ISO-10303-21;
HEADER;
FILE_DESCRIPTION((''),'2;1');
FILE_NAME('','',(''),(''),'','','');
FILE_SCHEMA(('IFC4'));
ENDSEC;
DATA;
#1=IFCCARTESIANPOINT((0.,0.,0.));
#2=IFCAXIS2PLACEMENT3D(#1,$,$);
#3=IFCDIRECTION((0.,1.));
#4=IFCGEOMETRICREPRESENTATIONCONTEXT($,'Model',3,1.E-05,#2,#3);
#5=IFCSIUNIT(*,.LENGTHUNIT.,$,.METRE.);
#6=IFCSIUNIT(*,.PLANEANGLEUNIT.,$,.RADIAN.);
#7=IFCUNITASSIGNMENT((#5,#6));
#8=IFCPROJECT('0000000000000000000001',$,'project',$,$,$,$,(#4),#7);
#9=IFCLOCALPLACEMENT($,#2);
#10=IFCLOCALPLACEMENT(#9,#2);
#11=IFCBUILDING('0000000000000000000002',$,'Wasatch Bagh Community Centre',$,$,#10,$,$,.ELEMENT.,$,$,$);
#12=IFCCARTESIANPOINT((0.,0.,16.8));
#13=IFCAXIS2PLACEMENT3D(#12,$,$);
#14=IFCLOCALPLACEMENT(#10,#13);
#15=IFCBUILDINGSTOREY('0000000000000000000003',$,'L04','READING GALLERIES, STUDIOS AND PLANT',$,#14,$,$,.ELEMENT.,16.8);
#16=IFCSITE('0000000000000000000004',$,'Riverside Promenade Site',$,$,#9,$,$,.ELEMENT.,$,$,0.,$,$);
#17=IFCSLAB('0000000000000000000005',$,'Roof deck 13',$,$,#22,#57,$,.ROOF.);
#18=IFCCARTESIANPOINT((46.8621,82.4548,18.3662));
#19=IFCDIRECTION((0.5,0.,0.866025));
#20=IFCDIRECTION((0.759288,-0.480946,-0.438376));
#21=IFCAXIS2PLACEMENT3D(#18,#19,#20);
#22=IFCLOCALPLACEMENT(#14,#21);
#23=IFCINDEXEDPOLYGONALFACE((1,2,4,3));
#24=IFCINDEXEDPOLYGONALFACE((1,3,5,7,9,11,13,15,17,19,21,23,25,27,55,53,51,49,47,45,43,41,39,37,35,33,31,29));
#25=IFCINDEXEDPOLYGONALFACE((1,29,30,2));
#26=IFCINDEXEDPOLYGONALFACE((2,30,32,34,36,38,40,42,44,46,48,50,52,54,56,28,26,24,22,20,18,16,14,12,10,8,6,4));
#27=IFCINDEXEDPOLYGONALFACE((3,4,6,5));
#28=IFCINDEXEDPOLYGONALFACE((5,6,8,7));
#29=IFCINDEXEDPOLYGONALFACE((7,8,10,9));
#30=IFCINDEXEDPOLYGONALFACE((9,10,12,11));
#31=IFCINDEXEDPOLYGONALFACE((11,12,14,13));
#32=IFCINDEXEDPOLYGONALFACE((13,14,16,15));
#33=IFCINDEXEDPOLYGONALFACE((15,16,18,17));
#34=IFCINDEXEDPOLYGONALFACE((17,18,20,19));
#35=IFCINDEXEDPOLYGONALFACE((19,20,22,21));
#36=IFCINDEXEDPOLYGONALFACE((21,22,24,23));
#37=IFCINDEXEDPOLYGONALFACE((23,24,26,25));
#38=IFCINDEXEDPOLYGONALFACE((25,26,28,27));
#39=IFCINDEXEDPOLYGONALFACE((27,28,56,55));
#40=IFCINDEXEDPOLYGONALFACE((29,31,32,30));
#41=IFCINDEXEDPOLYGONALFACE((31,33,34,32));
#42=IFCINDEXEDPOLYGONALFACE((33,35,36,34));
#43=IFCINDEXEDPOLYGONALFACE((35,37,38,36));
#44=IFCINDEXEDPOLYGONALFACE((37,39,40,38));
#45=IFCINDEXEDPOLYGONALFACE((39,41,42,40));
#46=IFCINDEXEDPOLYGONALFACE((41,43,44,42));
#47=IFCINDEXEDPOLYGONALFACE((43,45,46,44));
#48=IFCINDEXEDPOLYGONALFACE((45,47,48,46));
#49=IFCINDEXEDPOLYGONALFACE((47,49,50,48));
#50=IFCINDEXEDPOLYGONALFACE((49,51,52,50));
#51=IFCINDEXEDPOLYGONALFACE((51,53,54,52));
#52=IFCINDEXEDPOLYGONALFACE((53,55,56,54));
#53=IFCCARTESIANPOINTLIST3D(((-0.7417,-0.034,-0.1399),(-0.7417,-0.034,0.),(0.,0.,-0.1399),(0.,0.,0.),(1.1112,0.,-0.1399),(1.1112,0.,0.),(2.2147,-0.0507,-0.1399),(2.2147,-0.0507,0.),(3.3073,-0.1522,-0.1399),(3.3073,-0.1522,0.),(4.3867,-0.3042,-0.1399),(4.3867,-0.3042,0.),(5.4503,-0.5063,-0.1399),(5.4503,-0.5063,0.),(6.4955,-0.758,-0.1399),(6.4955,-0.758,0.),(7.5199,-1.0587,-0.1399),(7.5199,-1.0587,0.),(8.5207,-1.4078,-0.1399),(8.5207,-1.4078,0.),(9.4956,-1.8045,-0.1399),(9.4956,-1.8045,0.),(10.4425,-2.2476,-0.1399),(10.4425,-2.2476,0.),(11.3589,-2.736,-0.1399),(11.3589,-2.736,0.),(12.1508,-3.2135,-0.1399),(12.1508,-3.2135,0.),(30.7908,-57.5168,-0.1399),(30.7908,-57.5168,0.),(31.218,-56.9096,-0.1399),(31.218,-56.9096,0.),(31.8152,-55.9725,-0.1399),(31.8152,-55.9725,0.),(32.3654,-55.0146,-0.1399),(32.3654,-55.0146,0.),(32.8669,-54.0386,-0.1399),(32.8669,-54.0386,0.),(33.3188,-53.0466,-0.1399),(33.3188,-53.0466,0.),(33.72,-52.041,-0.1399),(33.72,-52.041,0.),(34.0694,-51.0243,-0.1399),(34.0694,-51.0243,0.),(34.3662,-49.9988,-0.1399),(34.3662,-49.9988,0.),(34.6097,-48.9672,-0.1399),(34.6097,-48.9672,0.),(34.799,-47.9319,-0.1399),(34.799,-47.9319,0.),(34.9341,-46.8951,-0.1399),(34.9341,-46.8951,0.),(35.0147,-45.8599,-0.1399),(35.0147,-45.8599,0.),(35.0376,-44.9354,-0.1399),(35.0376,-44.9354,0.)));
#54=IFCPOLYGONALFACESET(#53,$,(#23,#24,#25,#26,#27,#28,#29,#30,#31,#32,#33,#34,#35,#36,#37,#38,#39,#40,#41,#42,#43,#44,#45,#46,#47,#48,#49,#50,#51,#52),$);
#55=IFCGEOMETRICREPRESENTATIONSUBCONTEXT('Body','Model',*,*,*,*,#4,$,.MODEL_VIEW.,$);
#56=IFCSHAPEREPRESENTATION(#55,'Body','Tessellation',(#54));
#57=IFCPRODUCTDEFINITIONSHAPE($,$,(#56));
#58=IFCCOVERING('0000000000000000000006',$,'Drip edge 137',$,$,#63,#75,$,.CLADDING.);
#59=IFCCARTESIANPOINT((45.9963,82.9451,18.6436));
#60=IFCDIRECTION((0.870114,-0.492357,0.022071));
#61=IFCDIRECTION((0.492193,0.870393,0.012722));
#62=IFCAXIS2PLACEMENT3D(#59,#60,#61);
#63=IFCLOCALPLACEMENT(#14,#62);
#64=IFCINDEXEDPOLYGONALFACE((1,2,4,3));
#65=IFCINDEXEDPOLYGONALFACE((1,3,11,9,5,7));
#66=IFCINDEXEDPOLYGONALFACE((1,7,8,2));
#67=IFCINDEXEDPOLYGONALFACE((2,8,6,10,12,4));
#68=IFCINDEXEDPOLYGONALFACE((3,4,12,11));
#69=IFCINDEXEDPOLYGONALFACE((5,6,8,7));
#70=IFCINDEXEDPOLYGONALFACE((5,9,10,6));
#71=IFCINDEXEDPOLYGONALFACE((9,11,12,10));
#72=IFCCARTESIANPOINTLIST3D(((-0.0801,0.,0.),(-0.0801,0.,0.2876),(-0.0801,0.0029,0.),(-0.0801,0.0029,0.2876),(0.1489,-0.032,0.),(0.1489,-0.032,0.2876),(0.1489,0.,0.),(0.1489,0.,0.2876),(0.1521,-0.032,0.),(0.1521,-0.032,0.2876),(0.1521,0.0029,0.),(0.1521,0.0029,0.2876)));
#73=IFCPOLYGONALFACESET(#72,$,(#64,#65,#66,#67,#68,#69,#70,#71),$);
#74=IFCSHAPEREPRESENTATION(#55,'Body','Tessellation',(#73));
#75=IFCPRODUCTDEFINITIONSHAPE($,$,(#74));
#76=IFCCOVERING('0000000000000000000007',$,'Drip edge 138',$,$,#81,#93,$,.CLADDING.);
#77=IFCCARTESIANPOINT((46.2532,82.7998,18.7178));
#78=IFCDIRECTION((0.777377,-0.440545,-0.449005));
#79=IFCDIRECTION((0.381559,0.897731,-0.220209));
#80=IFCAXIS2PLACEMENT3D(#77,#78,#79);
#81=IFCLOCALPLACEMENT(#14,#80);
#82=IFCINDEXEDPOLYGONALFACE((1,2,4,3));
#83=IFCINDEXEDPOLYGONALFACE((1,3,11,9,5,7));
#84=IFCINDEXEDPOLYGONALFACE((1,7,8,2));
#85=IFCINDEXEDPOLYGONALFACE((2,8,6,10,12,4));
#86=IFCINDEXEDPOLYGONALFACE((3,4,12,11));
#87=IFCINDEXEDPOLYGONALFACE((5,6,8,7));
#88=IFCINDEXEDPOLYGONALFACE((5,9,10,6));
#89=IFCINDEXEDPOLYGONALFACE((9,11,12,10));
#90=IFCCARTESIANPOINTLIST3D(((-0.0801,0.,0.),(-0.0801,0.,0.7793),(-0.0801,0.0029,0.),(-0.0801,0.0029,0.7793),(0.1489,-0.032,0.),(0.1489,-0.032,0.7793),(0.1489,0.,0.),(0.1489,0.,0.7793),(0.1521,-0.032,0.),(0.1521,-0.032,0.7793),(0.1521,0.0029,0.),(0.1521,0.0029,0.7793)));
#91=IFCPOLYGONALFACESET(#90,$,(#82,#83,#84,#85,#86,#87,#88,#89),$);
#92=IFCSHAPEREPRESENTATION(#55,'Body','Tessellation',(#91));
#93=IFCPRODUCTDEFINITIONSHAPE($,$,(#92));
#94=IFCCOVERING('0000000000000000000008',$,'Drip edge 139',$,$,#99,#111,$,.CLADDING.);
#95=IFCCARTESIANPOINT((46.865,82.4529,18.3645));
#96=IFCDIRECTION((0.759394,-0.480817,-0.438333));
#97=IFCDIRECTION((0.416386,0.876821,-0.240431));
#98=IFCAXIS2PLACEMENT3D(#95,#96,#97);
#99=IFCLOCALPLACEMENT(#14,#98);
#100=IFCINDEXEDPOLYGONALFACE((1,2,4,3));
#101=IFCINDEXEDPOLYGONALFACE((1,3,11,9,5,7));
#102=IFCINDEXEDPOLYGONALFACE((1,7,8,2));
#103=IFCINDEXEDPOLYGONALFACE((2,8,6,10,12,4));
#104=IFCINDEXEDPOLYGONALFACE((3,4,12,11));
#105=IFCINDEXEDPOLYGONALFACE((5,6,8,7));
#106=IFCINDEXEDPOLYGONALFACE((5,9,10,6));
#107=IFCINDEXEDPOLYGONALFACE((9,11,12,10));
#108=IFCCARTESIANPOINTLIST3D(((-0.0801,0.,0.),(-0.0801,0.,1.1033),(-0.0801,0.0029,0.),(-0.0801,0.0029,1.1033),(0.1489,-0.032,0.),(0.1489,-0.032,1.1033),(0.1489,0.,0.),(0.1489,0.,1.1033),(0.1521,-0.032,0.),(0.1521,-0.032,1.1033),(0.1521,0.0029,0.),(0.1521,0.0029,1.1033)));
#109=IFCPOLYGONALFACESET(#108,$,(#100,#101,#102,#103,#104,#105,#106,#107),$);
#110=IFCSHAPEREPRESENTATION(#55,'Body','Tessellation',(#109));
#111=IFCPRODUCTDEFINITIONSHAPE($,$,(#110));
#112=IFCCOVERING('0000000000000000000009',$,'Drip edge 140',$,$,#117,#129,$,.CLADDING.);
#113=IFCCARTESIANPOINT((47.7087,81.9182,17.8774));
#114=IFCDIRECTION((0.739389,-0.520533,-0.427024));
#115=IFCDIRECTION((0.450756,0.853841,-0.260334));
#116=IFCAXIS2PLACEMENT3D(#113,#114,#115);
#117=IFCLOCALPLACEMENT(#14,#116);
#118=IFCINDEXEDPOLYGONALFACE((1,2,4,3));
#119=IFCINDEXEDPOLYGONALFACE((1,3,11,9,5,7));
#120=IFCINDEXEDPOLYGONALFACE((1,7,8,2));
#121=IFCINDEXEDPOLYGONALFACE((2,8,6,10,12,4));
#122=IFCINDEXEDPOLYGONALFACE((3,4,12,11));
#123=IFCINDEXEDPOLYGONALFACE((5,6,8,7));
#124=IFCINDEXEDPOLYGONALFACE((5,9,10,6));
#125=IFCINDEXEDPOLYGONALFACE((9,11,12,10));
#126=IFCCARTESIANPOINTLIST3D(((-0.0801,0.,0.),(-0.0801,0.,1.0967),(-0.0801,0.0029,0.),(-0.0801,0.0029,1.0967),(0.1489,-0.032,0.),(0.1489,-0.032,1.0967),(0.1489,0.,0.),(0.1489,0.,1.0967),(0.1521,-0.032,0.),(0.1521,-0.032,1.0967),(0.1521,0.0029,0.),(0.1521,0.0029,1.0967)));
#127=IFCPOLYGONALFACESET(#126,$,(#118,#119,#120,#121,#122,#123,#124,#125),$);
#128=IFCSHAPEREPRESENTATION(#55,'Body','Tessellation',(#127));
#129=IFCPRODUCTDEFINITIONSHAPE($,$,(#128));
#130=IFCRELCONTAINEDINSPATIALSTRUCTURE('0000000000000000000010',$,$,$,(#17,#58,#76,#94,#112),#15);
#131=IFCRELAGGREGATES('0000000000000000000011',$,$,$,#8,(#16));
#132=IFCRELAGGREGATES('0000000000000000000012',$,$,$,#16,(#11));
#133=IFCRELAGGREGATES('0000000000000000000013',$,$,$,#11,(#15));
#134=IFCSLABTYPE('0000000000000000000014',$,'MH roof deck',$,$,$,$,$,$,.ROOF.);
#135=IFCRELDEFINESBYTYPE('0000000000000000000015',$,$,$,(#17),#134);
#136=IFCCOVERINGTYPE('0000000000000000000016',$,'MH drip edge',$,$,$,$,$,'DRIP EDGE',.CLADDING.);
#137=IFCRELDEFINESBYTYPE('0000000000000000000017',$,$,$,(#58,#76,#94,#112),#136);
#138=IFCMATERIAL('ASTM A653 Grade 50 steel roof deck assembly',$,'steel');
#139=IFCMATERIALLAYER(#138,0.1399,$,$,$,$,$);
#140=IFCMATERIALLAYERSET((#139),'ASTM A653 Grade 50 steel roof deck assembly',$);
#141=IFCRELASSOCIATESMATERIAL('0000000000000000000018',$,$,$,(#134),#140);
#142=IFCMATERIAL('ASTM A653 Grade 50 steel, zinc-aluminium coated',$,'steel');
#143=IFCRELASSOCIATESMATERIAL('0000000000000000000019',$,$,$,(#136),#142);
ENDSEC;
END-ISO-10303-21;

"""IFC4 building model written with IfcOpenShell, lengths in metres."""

from ifc_helpers import new_model, si_unit, direction, frame, origin, place, context, subcontext, project, spatial, polyline, outline, extrude, material, layer, layer_set, material_profile, profile_set, type_object, element, save


model = new_model("IFC4")

# Units and contexts
model_context = context("Model", 3, precision=1e-05, world=origin(), true_north=direction((0.0, 1.0)))
body_context = subcontext(model_context, "Body", "Model", "MODEL_VIEW")
ifc_project = project(units=[si_unit("LENGTHUNIT", "METRE"), si_unit("PLANEANGLEUNIT", "RADIAN")], contexts=[model_context])

# Site, building, storey
site_placement = place(None, origin())
site = spatial("IfcSite", under=ifc_project, at=site_placement, Name="Riverside Promenade Site", CompositionType="ELEMENT", RefElevation=0.0)
building_placement = place(site_placement, origin())
building = spatial("IfcBuilding", under=site, at=building_placement, Name="Wasatch Bagh Community Centre", CompositionType="ELEMENT")
storey_placement = place(building_placement, frame((0.0, 0.0, 16.8)))
storey = spatial("IfcBuildingStorey", under=building, at=storey_placement, Name="L04", Description="READING GALLERIES, STUDIOS AND PLANT", CompositionType="ELEMENT", Elevation=16.8)

# Slab
ifc_material_1 = material(Name="ASTM A653 Grade 50 steel roof deck assembly", Category="steel")
ifc_layer_1 = layer(ifc_material_1, 0.1399)
ifc_layer_set_1 = layer_set([ifc_layer_1], Name="ASTM A653 Grade 50 steel roof deck assembly")
slab_type = type_object("IfcSlabType", Name="MH roof deck", PredefinedType="ROOF", material=ifc_layer_set_1)
slab_placement = place(storey_placement, frame((46.8621, 82.4548, 18.3662), z_axis=(0.5, 0.0, 0.866025), x_axis=(0.759288, -0.480946, -0.438376)))
element("IfcSlab", 1, at=slab_placement, inside=storey, type_object=slab_type, Name="Roof deck 13", PredefinedType="ROOF", context=body_context, shape_type="SweptSolid", body=[
    extrude(outline(polyline([(0.0, 0.0), (1.1112, 0.0), (2.2147, -0.0507), (3.3073, -0.1522), (4.3867, -0.3042), (5.4503, -0.5063), (6.4955, -0.758), (7.5199, -1.0587), (8.5207, -1.4078), (9.4956, -1.8045), (10.4425, -2.2476), (11.3589, -2.736), (12.1508, -3.2135), (35.0376, -44.9354), (35.0147, -45.8599), (34.9341, -46.8951), (34.799, -47.9319), (34.6097, -48.9672), (34.3662, -49.9988), (34.0694, -51.0243), (33.72, -52.041), (33.3188, -53.0466), (32.8669, -54.0386), (32.3654, -55.0146), (31.8152, -55.9725), (31.218, -56.9096), (30.7908, -57.5168), (-0.7417, -0.034), (0.0, 0.0)])), origin(), (0.0, 0.0, -1.0), 0.1399),
])

# Coverings
ifc_material_2 = material(Name="ASTM A653 Grade 50 steel, zinc-aluminium coated", Category="steel")
ifc_material_profile_1 = material_profile(ifc_material_2, outline(polyline([(-0.0801, 0.0029), (0.1521, 0.0029), (0.1521, -0.032), (0.1489, -0.032), (0.1489, 0.0), (-0.0801, 0.0), (-0.0801, 0.0029)])), Name="DRIP EDGE")
ifc_profile_set_1 = profile_set([ifc_material_profile_1], Name="ASTM A653 Grade 50 steel, zinc-aluminium coated")
covering_type_1 = type_object("IfcCoveringType", Name="MH drip edge", ElementType="DRIP EDGE", PredefinedType="CLADDING", material=ifc_profile_set_1)
covering_1_placement = place(storey_placement, frame((45.9963, 82.9451, 18.6436), z_axis=(0.870114, -0.492357, 0.022071), x_axis=(0.492193, 0.870393, 0.012722)))
element("IfcCovering", 2, at=covering_1_placement, inside=storey, type_object=covering_type_1, Name="Drip edge 137", PredefinedType="CLADDING", context=body_context, shape_type="SweptSolid", body=[
    extrude(outline(polyline([(-0.0801, 0.0029), (0.1521, 0.0029), (0.1521, -0.032), (0.1489, -0.032), (0.1489, 0.0), (-0.0801, 0.0), (-0.0801, 0.0029)])), origin(), (0.0, 0.0, 1.0), 0.2876),
])
covering_2_placement = place(storey_placement, frame((46.2532, 82.7998, 18.7178), z_axis=(0.777377, -0.440545, -0.449005), x_axis=(0.381559, 0.897731, -0.220209)))
element("IfcCovering", 3, at=covering_2_placement, inside=storey, type_object=covering_type_1, Name="Drip edge 138", PredefinedType="CLADDING", context=body_context, shape_type="SweptSolid", body=[
    extrude(outline(polyline([(-0.0801, 0.0029), (0.1521, 0.0029), (0.1521, -0.032), (0.1489, -0.032), (0.1489, 0.0), (-0.0801, 0.0), (-0.0801, 0.0029)])), origin(), (0.0, 0.0, 1.0), 0.7793),
])
covering_3_placement = place(storey_placement, frame((46.865, 82.4529, 18.3645), z_axis=(0.759394, -0.480817, -0.438333), x_axis=(0.416386, 0.876821, -0.240431)))
element("IfcCovering", 4, at=covering_3_placement, inside=storey, type_object=covering_type_1, Name="Drip edge 139", PredefinedType="CLADDING", context=body_context, shape_type="SweptSolid", body=[
    extrude(outline(polyline([(-0.0801, 0.0029), (0.1521, 0.0029), (0.1521, -0.032), (0.1489, -0.032), (0.1489, 0.0), (-0.0801, 0.0), (-0.0801, 0.0029)])), origin(), (0.0, 0.0, 1.0), 1.1033),
])
covering_4_placement = place(storey_placement, frame((47.7087, 81.9182, 17.8774), z_axis=(0.739389, -0.520533, -0.427024), x_axis=(0.450756, 0.853841, -0.260334)))
element("IfcCovering", 5, at=covering_4_placement, inside=storey, type_object=covering_type_1, Name="Drip edge 140", PredefinedType="CLADDING", context=body_context, shape_type="SweptSolid", body=[
    extrude(outline(polyline([(-0.0801, 0.0029), (0.1521, 0.0029), (0.1521, -0.032), (0.1489, -0.032), (0.1489, 0.0), (-0.0801, 0.0), (-0.0801, 0.0029)])), origin(), (0.0, 0.0, 1.0), 1.0967),
])

save(model, "model.ifc")
